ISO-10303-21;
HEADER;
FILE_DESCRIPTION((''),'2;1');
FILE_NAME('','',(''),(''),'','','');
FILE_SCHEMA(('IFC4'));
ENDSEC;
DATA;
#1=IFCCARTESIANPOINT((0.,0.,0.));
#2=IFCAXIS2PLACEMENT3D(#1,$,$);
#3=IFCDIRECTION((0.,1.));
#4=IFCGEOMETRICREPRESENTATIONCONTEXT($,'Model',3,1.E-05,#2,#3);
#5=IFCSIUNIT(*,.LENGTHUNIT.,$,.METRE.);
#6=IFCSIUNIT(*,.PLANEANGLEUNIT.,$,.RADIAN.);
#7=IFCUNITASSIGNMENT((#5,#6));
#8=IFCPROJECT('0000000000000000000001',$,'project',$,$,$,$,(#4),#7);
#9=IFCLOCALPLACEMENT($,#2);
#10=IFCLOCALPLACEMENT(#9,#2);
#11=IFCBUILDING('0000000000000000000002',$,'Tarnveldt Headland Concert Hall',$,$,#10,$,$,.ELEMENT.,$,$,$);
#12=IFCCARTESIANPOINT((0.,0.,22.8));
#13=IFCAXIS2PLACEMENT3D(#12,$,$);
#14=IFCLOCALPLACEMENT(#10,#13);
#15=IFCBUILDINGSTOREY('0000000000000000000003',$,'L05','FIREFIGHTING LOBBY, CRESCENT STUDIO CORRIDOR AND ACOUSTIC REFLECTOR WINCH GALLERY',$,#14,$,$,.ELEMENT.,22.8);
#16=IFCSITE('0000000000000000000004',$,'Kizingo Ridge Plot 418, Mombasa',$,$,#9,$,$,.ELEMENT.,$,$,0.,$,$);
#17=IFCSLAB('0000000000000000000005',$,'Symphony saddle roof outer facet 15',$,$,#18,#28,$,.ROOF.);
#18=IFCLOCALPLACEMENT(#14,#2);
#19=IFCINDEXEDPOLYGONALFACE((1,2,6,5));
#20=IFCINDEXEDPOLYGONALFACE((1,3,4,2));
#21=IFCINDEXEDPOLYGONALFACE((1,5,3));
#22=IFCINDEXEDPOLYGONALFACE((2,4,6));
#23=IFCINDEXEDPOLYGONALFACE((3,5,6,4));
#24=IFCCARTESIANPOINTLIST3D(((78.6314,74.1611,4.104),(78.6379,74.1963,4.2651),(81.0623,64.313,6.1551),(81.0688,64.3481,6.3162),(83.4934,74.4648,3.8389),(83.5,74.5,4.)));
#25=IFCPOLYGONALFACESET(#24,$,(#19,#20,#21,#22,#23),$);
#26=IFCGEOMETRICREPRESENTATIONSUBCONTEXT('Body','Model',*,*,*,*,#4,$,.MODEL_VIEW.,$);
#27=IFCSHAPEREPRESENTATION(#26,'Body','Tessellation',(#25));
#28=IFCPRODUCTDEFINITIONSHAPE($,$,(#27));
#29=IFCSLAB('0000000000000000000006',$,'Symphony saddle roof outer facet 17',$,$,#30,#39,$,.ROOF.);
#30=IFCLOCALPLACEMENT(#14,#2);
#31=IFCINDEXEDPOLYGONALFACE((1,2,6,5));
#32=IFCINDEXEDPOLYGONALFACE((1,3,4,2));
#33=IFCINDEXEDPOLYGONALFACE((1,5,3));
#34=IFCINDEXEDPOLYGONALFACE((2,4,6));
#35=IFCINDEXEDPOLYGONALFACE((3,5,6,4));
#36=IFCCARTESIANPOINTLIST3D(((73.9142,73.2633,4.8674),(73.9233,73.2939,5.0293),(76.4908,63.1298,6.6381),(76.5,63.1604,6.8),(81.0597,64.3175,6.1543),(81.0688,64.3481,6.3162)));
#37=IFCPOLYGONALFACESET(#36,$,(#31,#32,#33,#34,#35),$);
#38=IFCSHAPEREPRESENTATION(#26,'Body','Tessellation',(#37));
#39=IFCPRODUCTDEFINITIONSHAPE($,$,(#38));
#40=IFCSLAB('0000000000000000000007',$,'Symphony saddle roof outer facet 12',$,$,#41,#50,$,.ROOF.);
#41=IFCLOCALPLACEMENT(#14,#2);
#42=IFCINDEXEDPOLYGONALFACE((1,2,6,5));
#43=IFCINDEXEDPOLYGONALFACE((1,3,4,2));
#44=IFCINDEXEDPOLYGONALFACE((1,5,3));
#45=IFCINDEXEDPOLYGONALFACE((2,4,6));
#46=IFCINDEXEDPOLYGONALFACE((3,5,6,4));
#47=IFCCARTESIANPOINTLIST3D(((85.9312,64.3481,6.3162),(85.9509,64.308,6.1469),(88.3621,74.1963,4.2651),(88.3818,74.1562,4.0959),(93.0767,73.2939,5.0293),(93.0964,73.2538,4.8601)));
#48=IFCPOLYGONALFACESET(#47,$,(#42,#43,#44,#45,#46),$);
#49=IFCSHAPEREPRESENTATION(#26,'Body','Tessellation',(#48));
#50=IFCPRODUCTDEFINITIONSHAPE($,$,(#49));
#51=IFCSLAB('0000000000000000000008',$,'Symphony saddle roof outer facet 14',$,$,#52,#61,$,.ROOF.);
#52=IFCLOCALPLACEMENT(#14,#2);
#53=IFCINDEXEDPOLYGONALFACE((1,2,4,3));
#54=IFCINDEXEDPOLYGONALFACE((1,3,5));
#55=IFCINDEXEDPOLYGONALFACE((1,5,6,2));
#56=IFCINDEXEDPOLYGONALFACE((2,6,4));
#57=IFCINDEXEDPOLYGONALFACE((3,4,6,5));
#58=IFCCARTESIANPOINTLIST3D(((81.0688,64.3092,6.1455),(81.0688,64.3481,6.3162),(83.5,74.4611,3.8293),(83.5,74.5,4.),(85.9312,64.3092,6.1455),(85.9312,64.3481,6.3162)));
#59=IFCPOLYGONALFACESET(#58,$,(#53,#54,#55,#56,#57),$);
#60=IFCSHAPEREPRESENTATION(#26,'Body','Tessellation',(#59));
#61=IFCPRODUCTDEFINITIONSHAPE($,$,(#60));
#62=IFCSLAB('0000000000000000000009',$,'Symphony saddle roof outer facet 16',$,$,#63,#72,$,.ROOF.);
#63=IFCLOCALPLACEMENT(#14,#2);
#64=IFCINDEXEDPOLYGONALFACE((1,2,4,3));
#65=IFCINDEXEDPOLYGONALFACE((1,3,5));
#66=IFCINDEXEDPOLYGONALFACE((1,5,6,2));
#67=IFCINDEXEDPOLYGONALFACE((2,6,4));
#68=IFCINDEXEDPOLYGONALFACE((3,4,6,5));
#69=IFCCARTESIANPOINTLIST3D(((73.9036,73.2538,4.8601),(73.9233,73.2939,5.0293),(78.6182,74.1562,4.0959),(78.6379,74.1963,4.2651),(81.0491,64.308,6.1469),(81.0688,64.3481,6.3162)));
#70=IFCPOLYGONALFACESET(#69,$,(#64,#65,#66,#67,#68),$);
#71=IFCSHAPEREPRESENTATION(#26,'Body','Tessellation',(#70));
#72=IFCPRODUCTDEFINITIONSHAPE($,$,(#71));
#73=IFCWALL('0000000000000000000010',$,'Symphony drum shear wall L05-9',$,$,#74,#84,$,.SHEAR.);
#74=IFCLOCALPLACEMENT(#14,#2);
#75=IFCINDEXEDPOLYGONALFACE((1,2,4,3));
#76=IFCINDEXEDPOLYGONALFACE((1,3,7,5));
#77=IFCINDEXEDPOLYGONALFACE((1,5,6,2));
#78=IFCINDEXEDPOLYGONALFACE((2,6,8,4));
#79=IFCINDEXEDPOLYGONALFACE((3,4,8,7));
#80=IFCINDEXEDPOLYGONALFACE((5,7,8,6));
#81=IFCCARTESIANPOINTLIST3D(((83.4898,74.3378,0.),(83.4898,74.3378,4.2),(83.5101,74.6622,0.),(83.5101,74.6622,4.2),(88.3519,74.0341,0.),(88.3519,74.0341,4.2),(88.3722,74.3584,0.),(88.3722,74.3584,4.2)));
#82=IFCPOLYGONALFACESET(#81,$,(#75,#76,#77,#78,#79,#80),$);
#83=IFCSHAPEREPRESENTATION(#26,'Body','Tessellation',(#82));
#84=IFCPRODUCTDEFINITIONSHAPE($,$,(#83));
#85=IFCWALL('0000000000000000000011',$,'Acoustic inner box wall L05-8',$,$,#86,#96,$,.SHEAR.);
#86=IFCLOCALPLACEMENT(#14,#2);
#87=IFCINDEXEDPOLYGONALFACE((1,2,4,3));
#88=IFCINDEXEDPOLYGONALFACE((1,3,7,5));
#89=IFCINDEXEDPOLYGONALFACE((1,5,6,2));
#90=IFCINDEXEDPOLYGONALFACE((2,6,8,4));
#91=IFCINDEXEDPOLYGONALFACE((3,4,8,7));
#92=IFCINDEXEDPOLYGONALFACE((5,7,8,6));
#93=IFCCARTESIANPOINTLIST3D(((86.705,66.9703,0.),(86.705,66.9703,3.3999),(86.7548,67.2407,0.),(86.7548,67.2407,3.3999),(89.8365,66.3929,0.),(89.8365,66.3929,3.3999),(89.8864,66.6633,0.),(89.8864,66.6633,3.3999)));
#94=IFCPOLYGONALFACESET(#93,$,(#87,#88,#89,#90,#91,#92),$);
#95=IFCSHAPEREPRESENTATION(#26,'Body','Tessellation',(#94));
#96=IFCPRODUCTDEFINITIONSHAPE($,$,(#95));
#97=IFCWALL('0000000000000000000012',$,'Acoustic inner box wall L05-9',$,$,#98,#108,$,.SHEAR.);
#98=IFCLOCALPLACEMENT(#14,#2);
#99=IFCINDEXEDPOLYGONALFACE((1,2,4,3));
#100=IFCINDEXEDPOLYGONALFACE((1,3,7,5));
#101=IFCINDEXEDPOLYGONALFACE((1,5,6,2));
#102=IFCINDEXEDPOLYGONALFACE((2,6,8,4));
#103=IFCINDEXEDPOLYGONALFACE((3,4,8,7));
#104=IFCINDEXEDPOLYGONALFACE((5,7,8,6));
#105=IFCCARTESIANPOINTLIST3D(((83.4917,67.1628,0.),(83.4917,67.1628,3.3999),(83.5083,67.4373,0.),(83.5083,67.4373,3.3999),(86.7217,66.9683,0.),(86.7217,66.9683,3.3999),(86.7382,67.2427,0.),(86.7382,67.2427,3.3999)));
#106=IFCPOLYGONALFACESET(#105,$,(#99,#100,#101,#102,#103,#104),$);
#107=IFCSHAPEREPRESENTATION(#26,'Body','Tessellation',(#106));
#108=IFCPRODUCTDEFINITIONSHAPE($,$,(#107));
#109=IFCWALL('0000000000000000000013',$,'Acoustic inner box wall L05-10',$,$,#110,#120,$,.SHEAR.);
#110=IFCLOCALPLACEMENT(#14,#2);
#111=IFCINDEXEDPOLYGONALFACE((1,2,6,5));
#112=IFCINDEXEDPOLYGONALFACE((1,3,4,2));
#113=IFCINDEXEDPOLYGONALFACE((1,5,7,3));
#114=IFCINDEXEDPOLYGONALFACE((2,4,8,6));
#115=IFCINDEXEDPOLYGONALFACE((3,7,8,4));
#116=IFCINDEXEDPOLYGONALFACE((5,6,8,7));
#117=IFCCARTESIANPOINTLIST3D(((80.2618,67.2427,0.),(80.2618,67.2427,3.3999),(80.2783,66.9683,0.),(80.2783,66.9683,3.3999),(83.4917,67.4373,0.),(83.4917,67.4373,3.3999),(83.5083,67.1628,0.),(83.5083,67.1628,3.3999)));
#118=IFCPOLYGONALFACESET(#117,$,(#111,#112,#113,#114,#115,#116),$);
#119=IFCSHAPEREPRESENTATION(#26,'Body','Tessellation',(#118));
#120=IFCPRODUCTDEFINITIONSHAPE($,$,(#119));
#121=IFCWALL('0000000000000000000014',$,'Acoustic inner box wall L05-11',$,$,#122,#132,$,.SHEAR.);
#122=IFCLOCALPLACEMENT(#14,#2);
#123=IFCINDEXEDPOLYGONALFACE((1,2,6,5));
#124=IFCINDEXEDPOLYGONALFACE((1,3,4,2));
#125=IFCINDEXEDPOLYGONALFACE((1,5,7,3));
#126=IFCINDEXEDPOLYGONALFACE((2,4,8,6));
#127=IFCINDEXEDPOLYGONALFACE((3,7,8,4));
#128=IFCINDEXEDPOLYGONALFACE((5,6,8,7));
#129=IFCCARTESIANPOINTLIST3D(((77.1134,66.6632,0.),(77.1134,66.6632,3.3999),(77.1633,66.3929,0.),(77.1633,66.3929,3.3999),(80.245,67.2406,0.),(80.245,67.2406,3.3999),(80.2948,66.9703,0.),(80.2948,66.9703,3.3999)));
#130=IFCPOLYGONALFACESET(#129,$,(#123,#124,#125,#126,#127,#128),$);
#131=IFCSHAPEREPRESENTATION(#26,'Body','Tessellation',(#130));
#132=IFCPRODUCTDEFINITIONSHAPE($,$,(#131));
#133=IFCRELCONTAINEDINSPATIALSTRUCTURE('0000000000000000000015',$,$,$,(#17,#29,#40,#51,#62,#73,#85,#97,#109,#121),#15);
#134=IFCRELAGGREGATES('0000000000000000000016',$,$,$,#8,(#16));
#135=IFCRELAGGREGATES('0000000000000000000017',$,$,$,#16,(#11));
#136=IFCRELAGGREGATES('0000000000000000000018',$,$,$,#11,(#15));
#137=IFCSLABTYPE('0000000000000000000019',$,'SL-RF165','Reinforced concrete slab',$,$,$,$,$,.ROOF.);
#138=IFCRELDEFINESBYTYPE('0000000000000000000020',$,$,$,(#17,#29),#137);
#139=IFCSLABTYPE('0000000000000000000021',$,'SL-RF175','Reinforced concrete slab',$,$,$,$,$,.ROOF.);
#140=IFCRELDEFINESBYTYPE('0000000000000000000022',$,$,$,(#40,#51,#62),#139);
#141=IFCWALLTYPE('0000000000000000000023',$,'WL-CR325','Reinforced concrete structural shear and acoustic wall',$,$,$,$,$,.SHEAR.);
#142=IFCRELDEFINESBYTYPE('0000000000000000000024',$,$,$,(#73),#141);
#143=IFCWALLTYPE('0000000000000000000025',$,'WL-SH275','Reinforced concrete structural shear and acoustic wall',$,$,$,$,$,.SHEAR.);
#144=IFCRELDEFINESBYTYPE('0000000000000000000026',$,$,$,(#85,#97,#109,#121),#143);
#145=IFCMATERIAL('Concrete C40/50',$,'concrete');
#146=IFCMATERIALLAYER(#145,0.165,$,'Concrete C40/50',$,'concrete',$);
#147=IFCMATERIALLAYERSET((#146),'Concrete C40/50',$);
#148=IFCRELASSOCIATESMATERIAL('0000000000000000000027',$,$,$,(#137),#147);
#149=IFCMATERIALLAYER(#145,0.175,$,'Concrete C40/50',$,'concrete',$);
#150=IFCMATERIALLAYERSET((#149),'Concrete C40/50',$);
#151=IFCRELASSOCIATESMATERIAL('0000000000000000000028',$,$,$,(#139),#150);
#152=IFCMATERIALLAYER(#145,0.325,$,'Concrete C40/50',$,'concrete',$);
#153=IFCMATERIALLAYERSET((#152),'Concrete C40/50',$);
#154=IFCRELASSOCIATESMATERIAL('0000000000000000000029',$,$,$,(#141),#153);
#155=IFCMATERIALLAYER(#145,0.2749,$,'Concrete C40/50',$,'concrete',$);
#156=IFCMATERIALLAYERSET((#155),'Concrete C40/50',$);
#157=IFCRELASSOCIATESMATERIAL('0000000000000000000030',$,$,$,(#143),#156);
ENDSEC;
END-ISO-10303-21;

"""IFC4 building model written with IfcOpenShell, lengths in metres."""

from ifc_helpers import new_model, si_unit, direction, frame, frame_2d, origin, place, context, subcontext, project, spatial, polyline, rectangle, outline, extrude, material, layer, layer_set, type_object, element, save


model = new_model("IFC4")

# Units and contexts
model_context = context("Model", 3, precision=1e-05, world=origin(), true_north=direction((0.0, 1.0)))
body_context = subcontext(model_context, "Body", "Model", "MODEL_VIEW")
ifc_project = project(units=[si_unit("LENGTHUNIT", "METRE"), si_unit("PLANEANGLEUNIT", "RADIAN")], contexts=[model_context])

# Site, building, storey
site_placement = place(None, origin())
site = spatial("IfcSite", under=ifc_project, at=site_placement, Name="Kizingo Ridge Plot 418, Mombasa", CompositionType="ELEMENT", RefElevation=0.0)
building_placement = place(site_placement, origin())
building = spatial("IfcBuilding", under=site, at=building_placement, Name="Tarnveldt Headland Concert Hall", CompositionType="ELEMENT")
storey_placement = place(building_placement, frame((0.0, 0.0, 22.8)))
storey = spatial("IfcBuildingStorey", under=building, at=storey_placement, Name="L05", Description="FIREFIGHTING LOBBY, CRESCENT STUDIO CORRIDOR AND ACOUSTIC REFLECTOR WINCH GALLERY", CompositionType="ELEMENT", Elevation=22.8)

# Shared definitions
ifc_material_1 = material(Name="Concrete C40/50", Category="concrete")

# Slabs
ifc_layer_1 = layer(ifc_material_1, 0.165, Name="Concrete C40/50", Category="concrete")
ifc_layer_set_1 = layer_set([ifc_layer_1], Name="Concrete C40/50")
slab_type_1 = type_object("IfcSlabType", Name="SL-RF165", Description="Reinforced concrete slab", PredefinedType="ROOF", material=ifc_layer_set_1)
slab_1_placement = place(storey_placement, frame((81.0688, 64.3481, 6.3162), z_axis=(0.039919, 0.213162, 0.976201), x_axis=(0.227364, 0.949413, -0.21661)))
element("IfcSlab", 1, at=slab_1_placement, inside=storey, type_object=slab_type_1, Name="Symphony saddle roof outer facet 15", PredefinedType="ROOF", context=body_context, shape_type="SweptSolid", body=[
    extrude(outline(polyline([(0.0, 0.0), (10.6928, 0.0), (9.2415, 4.6579), (0.0, 0.0)])), origin(), (0.0, 0.0, -1.0), 0.165),
])
slab_2_placement = place(storey_placement, frame((81.0688, 64.3481, 6.3162), z_axis=(0.055658, 0.185583, 0.981051), x_axis=(-0.620197, 0.776454, -0.111694)))
element("IfcSlab", 2, at=slab_2_placement, inside=storey, type_object=slab_type_1, Name="Symphony saddle roof outer facet 17", PredefinedType="ROOF", context=body_context, shape_type="SweptSolid", body=[
    extrude(outline(polyline([(0.0, 0.0), (11.5214, 0.0), (1.8573, 4.3669), (0.0, 0.0)])), origin(), (0.0, 0.0, -1.0), 0.165),
])
ifc_layer_2 = layer(ifc_material_1, 0.175, Name="Concrete C40/50", Category="concrete")
ifc_layer_set_2 = layer_set([ifc_layer_2], Name="Concrete C40/50")
slab_type_2 = type_object("IfcSlabType", Name="SL-RF175", Description="Reinforced concrete slab", PredefinedType="ROOF", material=ifc_layer_set_2)
slab_3_placement = place(storey_placement, frame((85.9312, 64.3481, 6.3162), z_axis=(-0.112836, 0.229206, 0.966816), x_axis=(0.620197, 0.776454, -0.111694)))
element("IfcSlab", 3, at=slab_3_placement, inside=storey, type_object=slab_type_2, Name="Symphony saddle roof outer facet 12", PredefinedType="ROOF", context=body_context, shape_type="SweptSolid", body=[
    extrude(outline(polyline([(0.0, 0.0), (11.5214, 0.0), (9.3834, 4.3652), (0.0, 0.0)])), origin(), (0.0, 0.0, -1.0), 0.175),
])
slab_4_placement = place(storey_placement, frame((85.9312, 64.3481, 6.3162), z_axis=(0.0, 0.222436, 0.974947), x_axis=(-0.227364, 0.949413, -0.21661)))
element("IfcSlab", 4, at=slab_4_placement, inside=storey, type_object=slab_type_2, Name="Symphony saddle roof outer facet 14", PredefinedType="ROOF", context=body_context, shape_type="SweptSolid", body=[
    extrude(outline(polyline([(0.0, 0.0), (10.6928, 0.0), (1.1055, 4.735), (0.0, 0.0)])), origin(), (0.0, 0.0, -1.0), 0.175),
])
slab_5_placement = place(storey_placement, frame((81.0688, 64.3481, 6.3162), z_axis=(0.112836, 0.229206, 0.966816), x_axis=(-0.234893, 0.951603, -0.198186)))
element("IfcSlab", 5, at=slab_5_placement, inside=storey, type_object=slab_type_2, Name="Symphony saddle roof outer facet 16", PredefinedType="ROOF", context=body_context, shape_type="SweptSolid", body=[
    extrude(outline(polyline([(0.0, 0.0), (10.349, 0.0), (10.4463, 4.8596), (0.0, 0.0)])), origin(), (0.0, 0.0, -1.0), 0.175),
])

# Walls
ifc_layer_3 = layer(ifc_material_1, 0.325, Name="Concrete C40/50", Category="concrete")
ifc_layer_set_3 = layer_set([ifc_layer_3], Name="Concrete C40/50")
wall_type_1 = type_object("IfcWallType", Name="WL-CR325", Description="Reinforced concrete structural shear and acoustic wall", PredefinedType="SHEAR", material=ifc_layer_set_3)
wall_1_placement = place(storey_placement, frame((88.3621, 74.1963, 0.0), z_axis=(0.0, 0.0, 1.0), x_axis=(-0.998055, 0.062344, 0.0)))
element("IfcWall", 6, at=wall_1_placement, inside=storey, type_object=wall_type_1, Name="Symphony drum shear wall L05-9", PredefinedType="SHEAR", context=body_context, shape_type="SweptSolid", body=[
    extrude(rectangle(XDim=4.8716, YDim=0.325, at=frame_2d((2.4358, 0.0))), origin(), (0.0, 0.0, 1.0), 4.2),
])
ifc_layer_4 = layer(ifc_material_1, 0.2749, Name="Concrete C40/50", Category="concrete")
ifc_layer_set_4 = layer_set([ifc_layer_4], Name="Concrete C40/50")
wall_type_2 = type_object("IfcWallType", Name="WL-SH275", Description="Reinforced concrete structural shear and acoustic wall", PredefinedType="SHEAR", material=ifc_layer_set_4)
wall_2_placement = place(storey_placement, frame((89.8616, 66.5281, 0.0), z_axis=(0.0, 0.0, 1.0), x_axis=(-0.983424, 0.18132, 0.0)))
element("IfcWall", 7, at=wall_2_placement, inside=storey, type_object=wall_type_2, Name="Acoustic inner box wall L05-8", PredefinedType="SHEAR", context=body_context, shape_type="SweptSolid", body=[
    extrude(rectangle(XDim=3.1843, YDim=0.2749, at=frame_2d((1.5923, 0.0))), origin(), (0.0, 0.0, 1.0), 3.3999),
])
for number, where, z_axis, x_axis, name in (
    (8, (86.73, 67.1055, 0.0), (0.0, 0.0, 1.0), (-0.99819, 0.060133, 0.0), "Acoustic inner box wall L05-9"),
    (9, (83.5, 67.3, 0.0), (0.0, 0.0, 1.0), (-0.99819, -0.060133, 0.0), "Acoustic inner box wall L05-10"),
):
    element("IfcWall", number, at=place(storey_placement, frame(where, z_axis=z_axis, x_axis=x_axis)), inside=storey, type_object=wall_type_2, Name=name, PredefinedType="SHEAR", context=body_context, shape_type="SweptSolid", body=[
        extrude(rectangle(XDim=3.2358, YDim=0.2749, at=frame_2d((1.6179, 0.0))), origin(), (0.0, 0.0, 1.0), 3.3999),
    ])
wall_3_placement = place(storey_placement, frame((80.27, 67.1055, 0.0), z_axis=(0.0, 0.0, 1.0), x_axis=(-0.983424, -0.18132, 0.0)))
element("IfcWall", 10, at=wall_3_placement, inside=storey, type_object=wall_type_2, Name="Acoustic inner box wall L05-11", PredefinedType="SHEAR", context=body_context, shape_type="SweptSolid", body=[
    extrude(rectangle(XDim=3.1843, YDim=0.2749, at=frame_2d((1.5923, 0.0))), origin(), (0.0, 0.0, 1.0), 3.3999),
])

save(model, "model.ifc")
